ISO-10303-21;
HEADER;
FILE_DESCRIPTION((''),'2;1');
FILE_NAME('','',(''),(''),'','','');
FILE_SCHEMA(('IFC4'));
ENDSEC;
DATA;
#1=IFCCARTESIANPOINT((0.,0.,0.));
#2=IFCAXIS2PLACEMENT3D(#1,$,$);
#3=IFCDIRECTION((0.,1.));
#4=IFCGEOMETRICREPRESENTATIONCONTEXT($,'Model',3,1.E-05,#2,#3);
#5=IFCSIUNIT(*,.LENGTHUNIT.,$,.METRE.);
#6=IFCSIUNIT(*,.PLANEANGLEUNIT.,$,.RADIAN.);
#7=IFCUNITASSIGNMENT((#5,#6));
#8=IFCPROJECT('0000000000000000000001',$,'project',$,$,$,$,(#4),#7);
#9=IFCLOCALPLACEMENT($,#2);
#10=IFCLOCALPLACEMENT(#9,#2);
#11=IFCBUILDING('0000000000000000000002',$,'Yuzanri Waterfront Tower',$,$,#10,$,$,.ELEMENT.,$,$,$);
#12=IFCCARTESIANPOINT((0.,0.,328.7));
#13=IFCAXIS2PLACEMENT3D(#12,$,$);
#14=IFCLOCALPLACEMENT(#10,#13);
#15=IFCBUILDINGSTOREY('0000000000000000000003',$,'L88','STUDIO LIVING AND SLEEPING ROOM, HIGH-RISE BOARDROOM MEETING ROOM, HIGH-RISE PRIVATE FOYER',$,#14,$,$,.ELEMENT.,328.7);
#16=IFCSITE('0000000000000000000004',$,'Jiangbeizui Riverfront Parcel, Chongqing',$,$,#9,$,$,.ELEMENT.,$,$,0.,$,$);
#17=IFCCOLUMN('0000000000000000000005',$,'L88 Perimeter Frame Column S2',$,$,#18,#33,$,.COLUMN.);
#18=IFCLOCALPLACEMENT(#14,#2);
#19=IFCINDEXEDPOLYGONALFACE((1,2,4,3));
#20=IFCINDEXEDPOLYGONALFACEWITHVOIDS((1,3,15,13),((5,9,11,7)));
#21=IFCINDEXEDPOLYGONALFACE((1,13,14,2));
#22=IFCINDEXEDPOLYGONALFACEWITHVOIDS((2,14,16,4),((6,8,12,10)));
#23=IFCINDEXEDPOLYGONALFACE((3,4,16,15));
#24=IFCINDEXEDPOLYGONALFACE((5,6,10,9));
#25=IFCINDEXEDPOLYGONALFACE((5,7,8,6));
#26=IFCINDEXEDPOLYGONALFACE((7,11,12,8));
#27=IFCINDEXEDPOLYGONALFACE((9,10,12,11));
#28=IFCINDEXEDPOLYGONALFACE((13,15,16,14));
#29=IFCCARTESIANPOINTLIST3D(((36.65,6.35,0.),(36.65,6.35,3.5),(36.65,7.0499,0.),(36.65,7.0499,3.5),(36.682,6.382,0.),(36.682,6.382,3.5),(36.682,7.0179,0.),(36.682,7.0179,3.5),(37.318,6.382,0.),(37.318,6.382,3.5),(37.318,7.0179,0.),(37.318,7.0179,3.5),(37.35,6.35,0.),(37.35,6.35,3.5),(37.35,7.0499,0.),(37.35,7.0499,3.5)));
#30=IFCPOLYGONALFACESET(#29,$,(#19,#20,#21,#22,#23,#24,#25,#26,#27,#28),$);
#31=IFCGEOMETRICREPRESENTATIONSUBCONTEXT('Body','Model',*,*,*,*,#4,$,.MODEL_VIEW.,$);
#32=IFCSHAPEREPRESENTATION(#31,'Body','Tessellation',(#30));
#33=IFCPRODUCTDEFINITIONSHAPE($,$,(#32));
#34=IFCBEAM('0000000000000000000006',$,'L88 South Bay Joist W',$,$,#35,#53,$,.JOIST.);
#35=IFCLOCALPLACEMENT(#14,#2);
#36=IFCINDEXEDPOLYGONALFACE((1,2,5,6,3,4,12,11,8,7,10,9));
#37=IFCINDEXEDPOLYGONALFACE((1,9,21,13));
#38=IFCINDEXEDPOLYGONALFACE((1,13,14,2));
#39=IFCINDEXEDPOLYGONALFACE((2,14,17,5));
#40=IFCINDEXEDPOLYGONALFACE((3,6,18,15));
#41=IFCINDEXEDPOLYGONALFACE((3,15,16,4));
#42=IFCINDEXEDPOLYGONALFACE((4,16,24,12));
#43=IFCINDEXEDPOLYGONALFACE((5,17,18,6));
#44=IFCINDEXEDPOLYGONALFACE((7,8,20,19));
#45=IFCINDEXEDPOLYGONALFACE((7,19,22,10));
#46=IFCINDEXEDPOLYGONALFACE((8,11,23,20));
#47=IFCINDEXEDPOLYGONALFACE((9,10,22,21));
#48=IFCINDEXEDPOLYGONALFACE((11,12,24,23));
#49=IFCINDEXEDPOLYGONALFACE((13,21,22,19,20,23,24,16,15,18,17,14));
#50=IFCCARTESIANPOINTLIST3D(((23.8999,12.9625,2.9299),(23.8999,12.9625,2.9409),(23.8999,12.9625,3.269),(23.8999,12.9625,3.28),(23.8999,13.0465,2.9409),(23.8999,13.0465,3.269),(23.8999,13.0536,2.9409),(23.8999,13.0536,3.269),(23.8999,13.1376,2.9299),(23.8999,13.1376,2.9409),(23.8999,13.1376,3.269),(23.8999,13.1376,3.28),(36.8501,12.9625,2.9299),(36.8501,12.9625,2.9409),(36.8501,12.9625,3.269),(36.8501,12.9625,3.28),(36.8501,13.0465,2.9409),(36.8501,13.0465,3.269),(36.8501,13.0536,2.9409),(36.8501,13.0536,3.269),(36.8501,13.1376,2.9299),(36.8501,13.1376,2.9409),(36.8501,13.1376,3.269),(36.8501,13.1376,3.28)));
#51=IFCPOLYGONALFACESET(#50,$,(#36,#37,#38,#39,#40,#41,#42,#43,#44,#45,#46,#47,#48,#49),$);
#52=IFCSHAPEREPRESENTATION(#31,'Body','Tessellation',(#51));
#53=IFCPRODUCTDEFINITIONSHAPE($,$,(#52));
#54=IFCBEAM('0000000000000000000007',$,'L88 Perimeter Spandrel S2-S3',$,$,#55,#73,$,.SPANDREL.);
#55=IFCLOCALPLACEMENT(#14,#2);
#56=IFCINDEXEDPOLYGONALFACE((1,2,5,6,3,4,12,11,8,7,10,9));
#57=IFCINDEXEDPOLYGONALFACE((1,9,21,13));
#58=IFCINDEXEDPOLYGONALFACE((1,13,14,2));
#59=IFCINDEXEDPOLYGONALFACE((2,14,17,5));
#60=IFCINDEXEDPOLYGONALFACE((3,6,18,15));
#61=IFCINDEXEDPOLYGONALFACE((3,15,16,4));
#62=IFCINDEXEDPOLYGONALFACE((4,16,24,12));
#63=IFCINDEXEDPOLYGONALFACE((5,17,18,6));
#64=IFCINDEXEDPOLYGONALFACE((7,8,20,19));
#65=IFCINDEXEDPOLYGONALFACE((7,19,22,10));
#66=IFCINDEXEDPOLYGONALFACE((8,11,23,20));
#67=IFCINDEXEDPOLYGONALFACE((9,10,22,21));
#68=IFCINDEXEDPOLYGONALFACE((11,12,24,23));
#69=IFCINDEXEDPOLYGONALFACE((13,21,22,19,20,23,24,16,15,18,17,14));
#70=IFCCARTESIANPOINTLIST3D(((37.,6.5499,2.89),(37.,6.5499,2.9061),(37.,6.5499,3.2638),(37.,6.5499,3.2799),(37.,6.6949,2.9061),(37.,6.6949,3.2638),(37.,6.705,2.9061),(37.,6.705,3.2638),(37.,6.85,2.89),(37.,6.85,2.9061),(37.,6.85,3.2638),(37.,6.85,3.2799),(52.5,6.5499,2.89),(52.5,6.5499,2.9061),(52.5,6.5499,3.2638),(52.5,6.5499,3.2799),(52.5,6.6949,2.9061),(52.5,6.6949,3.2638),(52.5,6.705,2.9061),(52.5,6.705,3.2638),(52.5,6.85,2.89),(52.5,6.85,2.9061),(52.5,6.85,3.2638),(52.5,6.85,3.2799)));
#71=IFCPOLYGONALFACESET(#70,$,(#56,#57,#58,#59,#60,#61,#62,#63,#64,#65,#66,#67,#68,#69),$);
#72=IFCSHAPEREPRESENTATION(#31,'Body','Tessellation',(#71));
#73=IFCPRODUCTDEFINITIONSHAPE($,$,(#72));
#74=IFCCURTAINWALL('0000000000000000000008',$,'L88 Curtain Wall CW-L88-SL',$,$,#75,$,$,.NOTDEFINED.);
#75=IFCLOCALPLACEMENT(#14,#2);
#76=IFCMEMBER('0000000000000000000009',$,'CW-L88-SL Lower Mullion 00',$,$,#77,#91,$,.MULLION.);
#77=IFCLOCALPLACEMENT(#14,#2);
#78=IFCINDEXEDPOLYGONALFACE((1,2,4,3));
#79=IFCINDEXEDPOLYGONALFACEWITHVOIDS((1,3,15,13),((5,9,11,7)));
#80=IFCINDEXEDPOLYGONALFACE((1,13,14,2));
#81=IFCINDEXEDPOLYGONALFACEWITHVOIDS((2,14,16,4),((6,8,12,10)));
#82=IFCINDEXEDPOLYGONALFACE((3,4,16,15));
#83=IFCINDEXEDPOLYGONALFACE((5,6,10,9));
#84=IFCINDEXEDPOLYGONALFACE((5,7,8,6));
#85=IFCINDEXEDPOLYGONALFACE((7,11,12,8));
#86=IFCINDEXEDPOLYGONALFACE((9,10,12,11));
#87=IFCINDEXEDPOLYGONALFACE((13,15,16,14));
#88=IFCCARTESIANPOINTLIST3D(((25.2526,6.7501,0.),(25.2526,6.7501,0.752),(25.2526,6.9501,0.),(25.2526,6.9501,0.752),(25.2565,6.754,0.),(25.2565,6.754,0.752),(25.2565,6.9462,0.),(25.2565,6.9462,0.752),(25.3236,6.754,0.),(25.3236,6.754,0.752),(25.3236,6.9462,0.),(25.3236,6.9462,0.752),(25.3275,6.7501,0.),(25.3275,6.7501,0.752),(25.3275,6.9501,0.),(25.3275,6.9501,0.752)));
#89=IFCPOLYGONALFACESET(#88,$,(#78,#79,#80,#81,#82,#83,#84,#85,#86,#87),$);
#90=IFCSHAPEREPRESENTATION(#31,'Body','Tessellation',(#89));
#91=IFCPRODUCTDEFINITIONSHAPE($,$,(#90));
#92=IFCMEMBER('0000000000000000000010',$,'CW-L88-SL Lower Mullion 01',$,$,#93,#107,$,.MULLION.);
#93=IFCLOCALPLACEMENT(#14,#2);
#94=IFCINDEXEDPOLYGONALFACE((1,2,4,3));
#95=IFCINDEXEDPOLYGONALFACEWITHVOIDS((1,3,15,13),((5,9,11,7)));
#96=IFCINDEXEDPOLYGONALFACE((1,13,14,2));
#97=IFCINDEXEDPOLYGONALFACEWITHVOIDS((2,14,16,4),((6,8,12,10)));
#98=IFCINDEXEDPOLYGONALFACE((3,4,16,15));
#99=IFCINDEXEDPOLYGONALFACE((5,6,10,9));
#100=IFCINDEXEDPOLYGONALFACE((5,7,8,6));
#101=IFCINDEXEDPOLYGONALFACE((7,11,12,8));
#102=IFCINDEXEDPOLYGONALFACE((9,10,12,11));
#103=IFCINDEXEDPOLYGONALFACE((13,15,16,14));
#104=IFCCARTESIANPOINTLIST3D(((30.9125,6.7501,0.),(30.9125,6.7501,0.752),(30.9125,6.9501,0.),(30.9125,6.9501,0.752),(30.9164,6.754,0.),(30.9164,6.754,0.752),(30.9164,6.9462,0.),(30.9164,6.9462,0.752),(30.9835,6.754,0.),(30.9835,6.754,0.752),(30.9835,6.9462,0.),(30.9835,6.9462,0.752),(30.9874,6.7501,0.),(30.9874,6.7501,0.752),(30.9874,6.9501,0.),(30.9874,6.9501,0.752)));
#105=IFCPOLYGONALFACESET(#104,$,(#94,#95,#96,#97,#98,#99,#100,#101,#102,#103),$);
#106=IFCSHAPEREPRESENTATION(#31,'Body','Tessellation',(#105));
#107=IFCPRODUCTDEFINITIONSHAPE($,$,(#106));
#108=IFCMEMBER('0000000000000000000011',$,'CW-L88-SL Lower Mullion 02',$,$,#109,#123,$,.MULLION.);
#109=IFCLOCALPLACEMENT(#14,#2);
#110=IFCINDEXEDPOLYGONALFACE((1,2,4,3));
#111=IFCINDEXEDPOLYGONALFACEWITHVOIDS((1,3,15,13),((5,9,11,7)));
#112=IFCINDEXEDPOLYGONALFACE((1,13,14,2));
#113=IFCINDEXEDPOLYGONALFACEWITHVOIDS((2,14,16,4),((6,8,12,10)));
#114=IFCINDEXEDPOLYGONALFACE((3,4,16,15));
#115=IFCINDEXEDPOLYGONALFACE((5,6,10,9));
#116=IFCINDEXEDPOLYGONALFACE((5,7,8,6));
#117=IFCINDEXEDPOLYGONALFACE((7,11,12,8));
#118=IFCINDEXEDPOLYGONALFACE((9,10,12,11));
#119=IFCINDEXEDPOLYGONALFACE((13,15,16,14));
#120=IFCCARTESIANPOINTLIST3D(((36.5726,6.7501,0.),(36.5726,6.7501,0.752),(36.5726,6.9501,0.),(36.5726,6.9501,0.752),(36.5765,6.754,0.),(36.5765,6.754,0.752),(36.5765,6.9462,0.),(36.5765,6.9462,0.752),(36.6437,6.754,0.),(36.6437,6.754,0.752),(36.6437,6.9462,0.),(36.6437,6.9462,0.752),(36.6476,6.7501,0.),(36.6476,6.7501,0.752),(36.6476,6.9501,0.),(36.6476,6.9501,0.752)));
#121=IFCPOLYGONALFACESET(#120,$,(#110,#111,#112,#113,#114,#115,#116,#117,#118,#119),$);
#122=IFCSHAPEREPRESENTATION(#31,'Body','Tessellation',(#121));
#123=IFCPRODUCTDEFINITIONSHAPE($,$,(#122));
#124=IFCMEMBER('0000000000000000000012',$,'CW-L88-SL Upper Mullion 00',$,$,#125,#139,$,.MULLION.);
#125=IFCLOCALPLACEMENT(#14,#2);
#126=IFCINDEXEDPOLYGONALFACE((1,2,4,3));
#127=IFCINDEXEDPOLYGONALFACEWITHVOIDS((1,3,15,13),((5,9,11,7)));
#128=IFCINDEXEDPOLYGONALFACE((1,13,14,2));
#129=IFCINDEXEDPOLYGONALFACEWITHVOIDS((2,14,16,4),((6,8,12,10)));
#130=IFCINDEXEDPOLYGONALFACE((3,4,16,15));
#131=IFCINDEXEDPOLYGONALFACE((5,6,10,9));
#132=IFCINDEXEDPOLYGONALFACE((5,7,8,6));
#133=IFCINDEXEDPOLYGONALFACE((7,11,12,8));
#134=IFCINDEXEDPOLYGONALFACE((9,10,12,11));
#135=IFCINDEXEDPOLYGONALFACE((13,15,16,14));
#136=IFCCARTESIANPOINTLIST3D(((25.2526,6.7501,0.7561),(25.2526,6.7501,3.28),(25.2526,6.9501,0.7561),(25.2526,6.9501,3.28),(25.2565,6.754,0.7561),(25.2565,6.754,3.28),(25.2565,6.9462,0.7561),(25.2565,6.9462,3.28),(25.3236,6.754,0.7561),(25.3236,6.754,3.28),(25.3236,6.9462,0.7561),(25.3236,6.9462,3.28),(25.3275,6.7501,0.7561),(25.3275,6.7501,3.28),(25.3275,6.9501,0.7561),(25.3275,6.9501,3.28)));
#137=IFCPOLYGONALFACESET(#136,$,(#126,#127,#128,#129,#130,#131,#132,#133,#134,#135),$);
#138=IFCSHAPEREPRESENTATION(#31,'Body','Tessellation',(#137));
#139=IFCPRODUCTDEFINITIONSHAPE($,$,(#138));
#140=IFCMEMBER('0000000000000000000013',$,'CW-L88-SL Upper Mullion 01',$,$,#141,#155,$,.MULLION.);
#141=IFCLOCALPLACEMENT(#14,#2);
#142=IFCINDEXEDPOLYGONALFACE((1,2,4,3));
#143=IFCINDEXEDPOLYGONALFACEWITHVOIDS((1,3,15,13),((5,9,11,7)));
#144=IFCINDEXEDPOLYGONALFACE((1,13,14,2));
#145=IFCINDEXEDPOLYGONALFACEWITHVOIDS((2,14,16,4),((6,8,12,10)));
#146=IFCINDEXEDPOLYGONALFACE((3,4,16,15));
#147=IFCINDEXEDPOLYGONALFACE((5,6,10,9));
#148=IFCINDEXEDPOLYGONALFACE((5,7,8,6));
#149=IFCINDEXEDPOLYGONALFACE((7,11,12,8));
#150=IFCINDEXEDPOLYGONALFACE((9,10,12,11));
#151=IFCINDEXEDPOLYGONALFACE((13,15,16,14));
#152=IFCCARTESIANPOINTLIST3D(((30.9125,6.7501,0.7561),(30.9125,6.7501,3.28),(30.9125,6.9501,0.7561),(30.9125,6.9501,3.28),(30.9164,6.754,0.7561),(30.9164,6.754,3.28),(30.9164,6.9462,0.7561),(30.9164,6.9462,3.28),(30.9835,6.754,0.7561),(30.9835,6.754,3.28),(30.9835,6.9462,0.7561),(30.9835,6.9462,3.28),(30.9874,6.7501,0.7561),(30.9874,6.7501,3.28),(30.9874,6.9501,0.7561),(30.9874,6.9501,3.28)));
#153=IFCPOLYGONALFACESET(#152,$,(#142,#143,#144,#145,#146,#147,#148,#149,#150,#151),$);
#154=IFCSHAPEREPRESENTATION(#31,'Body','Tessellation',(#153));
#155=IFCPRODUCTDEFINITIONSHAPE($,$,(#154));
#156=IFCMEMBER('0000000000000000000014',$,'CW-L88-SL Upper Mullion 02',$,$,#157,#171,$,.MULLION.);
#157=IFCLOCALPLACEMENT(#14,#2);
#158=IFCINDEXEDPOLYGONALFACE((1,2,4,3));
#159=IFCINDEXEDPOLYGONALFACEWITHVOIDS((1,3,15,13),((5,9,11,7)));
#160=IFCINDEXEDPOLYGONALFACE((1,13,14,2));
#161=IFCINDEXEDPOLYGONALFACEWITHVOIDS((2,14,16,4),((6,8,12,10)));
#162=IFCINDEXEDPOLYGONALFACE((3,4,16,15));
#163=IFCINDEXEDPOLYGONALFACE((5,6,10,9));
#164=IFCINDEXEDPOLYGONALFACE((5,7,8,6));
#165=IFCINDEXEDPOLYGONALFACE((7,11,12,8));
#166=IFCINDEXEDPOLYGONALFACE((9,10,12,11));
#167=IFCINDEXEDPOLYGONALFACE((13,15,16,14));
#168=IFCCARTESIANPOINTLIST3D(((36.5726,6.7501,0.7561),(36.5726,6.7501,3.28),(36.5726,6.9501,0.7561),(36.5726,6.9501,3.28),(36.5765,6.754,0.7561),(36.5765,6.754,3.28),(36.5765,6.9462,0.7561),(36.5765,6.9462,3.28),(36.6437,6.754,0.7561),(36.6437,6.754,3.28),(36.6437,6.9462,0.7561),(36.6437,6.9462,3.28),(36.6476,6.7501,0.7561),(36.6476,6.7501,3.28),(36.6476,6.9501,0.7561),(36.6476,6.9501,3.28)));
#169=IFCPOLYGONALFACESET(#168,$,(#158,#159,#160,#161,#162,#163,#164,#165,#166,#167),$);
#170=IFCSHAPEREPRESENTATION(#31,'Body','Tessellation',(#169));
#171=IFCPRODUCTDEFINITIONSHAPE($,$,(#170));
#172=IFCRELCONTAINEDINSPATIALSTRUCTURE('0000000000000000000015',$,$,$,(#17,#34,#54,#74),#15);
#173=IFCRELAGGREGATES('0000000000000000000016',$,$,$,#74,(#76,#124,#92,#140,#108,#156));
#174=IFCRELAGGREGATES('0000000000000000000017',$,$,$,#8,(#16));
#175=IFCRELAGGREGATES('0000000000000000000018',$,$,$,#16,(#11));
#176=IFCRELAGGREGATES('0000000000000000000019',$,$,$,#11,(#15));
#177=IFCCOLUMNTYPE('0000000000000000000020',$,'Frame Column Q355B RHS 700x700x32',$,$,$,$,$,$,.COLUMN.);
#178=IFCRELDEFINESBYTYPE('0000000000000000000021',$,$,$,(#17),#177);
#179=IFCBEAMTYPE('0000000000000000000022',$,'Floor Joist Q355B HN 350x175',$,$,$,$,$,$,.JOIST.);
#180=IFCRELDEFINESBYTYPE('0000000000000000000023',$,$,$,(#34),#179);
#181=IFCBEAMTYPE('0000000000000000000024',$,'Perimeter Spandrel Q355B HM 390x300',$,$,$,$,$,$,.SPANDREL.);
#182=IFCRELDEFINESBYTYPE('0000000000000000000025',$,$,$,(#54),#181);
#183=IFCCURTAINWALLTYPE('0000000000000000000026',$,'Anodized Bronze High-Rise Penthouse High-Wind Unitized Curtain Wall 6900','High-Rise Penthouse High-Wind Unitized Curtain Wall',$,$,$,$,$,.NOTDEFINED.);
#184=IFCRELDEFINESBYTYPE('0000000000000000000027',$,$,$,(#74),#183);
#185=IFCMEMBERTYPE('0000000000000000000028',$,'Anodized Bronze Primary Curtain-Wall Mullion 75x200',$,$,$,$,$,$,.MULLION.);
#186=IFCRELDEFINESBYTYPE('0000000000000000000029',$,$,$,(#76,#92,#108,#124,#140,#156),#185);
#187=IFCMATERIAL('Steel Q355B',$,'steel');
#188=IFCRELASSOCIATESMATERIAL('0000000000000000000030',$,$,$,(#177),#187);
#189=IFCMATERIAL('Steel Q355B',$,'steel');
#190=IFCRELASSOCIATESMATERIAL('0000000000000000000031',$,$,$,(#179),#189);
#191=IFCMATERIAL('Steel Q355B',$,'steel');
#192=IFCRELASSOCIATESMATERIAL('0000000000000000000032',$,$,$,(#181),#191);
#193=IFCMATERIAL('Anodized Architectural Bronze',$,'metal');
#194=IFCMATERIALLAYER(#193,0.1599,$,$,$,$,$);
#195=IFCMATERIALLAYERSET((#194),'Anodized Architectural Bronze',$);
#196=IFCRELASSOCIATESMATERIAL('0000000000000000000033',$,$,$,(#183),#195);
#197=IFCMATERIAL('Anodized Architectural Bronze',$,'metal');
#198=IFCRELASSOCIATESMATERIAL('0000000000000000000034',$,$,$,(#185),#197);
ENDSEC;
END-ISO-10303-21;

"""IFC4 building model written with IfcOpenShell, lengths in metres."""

from ifc_helpers import new_model, si_unit, direction, frame, origin, origin_2d, place, context, subcontext, project, spatial, hollow_rectangle, i_section, extrude, source, transform, mapped, material, layer, layer_set, material_profile, profile_set, type_object, element, aggregate, save


model = new_model("IFC4")

# Units and contexts
model_context = context("Model", 3, precision=1e-05, world=origin(), true_north=direction((0.0, 1.0)))
body_context = subcontext(model_context, "Body", "Model", "MODEL_VIEW")
ifc_project = project(units=[si_unit("LENGTHUNIT", "METRE"), si_unit("PLANEANGLEUNIT", "RADIAN")], contexts=[model_context])

# Site, building, storey
site_placement = place(None, origin())
site = spatial("IfcSite", under=ifc_project, at=site_placement, Name="Jiangbeizui Riverfront Parcel, Chongqing", CompositionType="ELEMENT", RefElevation=0.0)
building_placement = place(site_placement, origin())
building = spatial("IfcBuilding", under=site, at=building_placement, Name="Yuzanri Waterfront Tower", CompositionType="ELEMENT")
storey_placement = place(building_placement, frame((0.0, 0.0, 328.7)))
storey = spatial("IfcBuildingStorey", under=building, at=storey_placement, Name="L88", Description="STUDIO LIVING AND SLEEPING ROOM, HIGH-RISE BOARDROOM MEETING ROOM, HIGH-RISE PRIVATE FOYER", CompositionType="ELEMENT", Elevation=328.7)

# Column
ifc_material_1 = material(Name="Steel Q355B", Category="steel")
ifc_material_profile_1 = material_profile(ifc_material_1, hollow_rectangle(XDim=0.7, YDim=0.7, WallThickness=0.032, at=origin_2d()), Name="RHS 700x700x32")
ifc_profile_set_1 = profile_set([ifc_material_profile_1], Name="Steel Q355B")
column_type = type_object("IfcColumnType", Name="Frame Column Q355B RHS 700x700x32", PredefinedType="COLUMN", material=ifc_profile_set_1)
shared_shape_1 = source(origin(), body_context, "Body", "SweptSolid", [
    extrude(hollow_rectangle(XDim=0.7, YDim=0.7, WallThickness=0.032, at=origin_2d()), origin(), (0.0, 0.0, 1.0), 3.5),
])
column_placement = place(storey_placement, frame((37.0, 6.7, 0.0), z_axis=(0.0, 0.0, 1.0), x_axis=(1.0, 0.0, 0.0)))
element("IfcColumn", 1, at=column_placement, inside=storey, type_object=column_type, Name="L88 Perimeter Frame Column S2", PredefinedType="COLUMN", context=body_context, shape_type="MappedRepresentation", body=[
    mapped(shared_shape_1, transform((0.0, 0.0, 0.0), scale=1.0)),
])

# Beams
ifc_material_2 = material(Name="Steel Q355B", Category="steel")
ifc_material_profile_2 = material_profile(ifc_material_2, i_section(OverallWidth=0.175, OverallDepth=0.3501, WebThickness=0.0071, FlangeThickness=0.011, at=origin_2d()), Name="HN 350x175x7x11")
ifc_profile_set_2 = profile_set([ifc_material_profile_2], Name="Steel Q355B")
beam_type_1 = type_object("IfcBeamType", Name="Floor Joist Q355B HN 350x175", PredefinedType="JOIST", material=ifc_profile_set_2)
shared_shape_2 = source(origin(), body_context, "Body", "SweptSolid", [
    extrude(i_section(OverallWidth=0.175, OverallDepth=0.3501, WebThickness=0.0071, FlangeThickness=0.011, at=origin_2d()), origin(), (0.0, 0.0, 1.0), 12.9502),
])
beam_1_placement = place(storey_placement, frame((23.8999, 13.05, 3.105), z_axis=(1.0, 0.0, 0.0), x_axis=(0.0, 1.0, 0.0)))
element("IfcBeam", 2, at=beam_1_placement, inside=storey, type_object=beam_type_1, Name="L88 South Bay Joist W", PredefinedType="JOIST", context=body_context, shape_type="MappedRepresentation", body=[
    mapped(shared_shape_2, transform((0.0, 0.0, 0.0), scale=1.0)),
])
ifc_material_3 = material(Name="Steel Q355B", Category="steel")
ifc_material_profile_3 = material_profile(ifc_material_3, i_section(OverallWidth=0.3, OverallDepth=0.3899, WebThickness=0.01, FlangeThickness=0.0161, at=origin_2d()), Name="HM 390x300x10x16")
ifc_profile_set_3 = profile_set([ifc_material_profile_3], Name="Steel Q355B")
beam_type_2 = type_object("IfcBeamType", Name="Perimeter Spandrel Q355B HM 390x300", PredefinedType="SPANDREL", material=ifc_profile_set_3)
shared_shape_3 = source(origin(), body_context, "Body", "SweptSolid", [
    extrude(i_section(OverallWidth=0.3, OverallDepth=0.3899, WebThickness=0.01, FlangeThickness=0.0161, at=origin_2d()), origin(), (0.0, 0.0, 1.0), 15.5),
])
beam_2_placement = place(storey_placement, frame((37.0, 6.7, 3.085), z_axis=(1.0, 0.0, 0.0), x_axis=(0.0, 1.0, 0.0)))
element("IfcBeam", 3, at=beam_2_placement, inside=storey, type_object=beam_type_2, Name="L88 Perimeter Spandrel S2-S3", PredefinedType="SPANDREL", context=body_context, shape_type="MappedRepresentation", body=[
    mapped(shared_shape_3, transform((0.0, 0.0, 0.0), scale=1.0)),
])

# Curtain wall, members
ifc_material_4 = material(Name="Anodized Architectural Bronze", Category="metal")
ifc_layer_1 = layer(ifc_material_4, 0.1599)
ifc_layer_set_1 = layer_set([ifc_layer_1], Name="Anodized Architectural Bronze")
curtain_wall_type = type_object("IfcCurtainWallType", Name="Anodized Bronze High-Rise Penthouse High-Wind Unitized Curtain Wall 6900", Description="High-Rise Penthouse High-Wind Unitized Curtain Wall", PredefinedType="NOTDEFINED", material=ifc_layer_set_1)
curtain_wall_placement = place(storey_placement, origin())
curtain_wall = element("IfcCurtainWall", 4, at=curtain_wall_placement, inside=storey, type_object=curtain_wall_type, Name="L88 Curtain Wall CW-L88-SL", PredefinedType="NOTDEFINED")
ifc_material_5 = material(Name="Anodized Architectural Bronze", Category="metal")
ifc_material_profile_4 = material_profile(ifc_material_5, hollow_rectangle(XDim=0.075, YDim=0.2, WallThickness=0.0039, at=origin_2d()), Name="CWM 75x200")
ifc_profile_set_4 = profile_set([ifc_material_profile_4], Name="Anodized Architectural Bronze")
member_type_1 = type_object("IfcMemberType", Name="Anodized Bronze Primary Curtain-Wall Mullion 75x200", PredefinedType="MULLION", material=ifc_profile_set_4)
shared_shape_4 = source(origin(), body_context, "Body", "SweptSolid", [
    extrude(hollow_rectangle(XDim=0.075, YDim=0.2, WallThickness=0.0039, at=origin_2d()), origin(), (0.0, 0.0, 1.0), 0.752),
])
member_1_placement = place(storey_placement, frame((25.29, 6.8501, 0.0), z_axis=(0.0, 0.0, 1.0), x_axis=(1.0, 0.0, 0.0)))
member_1 = element("IfcMember", 5, at=member_1_placement, type_object=member_type_1, Name="CW-L88-SL Lower Mullion 00", PredefinedType="MULLION", context=body_context, shape_type="MappedRepresentation", body=[
    mapped(shared_shape_4, transform((0.0, 0.0, 0.0), scale=1.0)),
])
member_2_placement = place(storey_placement, frame((30.95, 6.8501, 0.0), z_axis=(0.0, 0.0, 1.0), x_axis=(1.0, 0.0, 0.0)))
member_2 = element("IfcMember", 6, at=member_2_placement, type_object=member_type_1, Name="CW-L88-SL Lower Mullion 01", PredefinedType="MULLION", context=body_context, shape_type="MappedRepresentation", body=[
    mapped(shared_shape_4, transform((0.0, 0.0, 0.0), scale=1.0)),
])
member_3_placement = place(storey_placement, frame((36.6101, 6.8501, 0.0), z_axis=(0.0, 0.0, 1.0), x_axis=(1.0, 0.0, 0.0)))
member_3 = element("IfcMember", 7, at=member_3_placement, type_object=member_type_1, Name="CW-L88-SL Lower Mullion 02", PredefinedType="MULLION", context=body_context, shape_type="MappedRepresentation", body=[
    mapped(shared_shape_4, transform((0.0, 0.0, 0.0), scale=1.0)),
])
shared_shape_5 = source(origin(), body_context, "Body", "SweptSolid", [
    extrude(hollow_rectangle(XDim=0.075, YDim=0.2, WallThickness=0.0039, at=origin_2d()), origin(), (0.0, 0.0, 1.0), 2.5239),
])
member_4_placement = place(storey_placement, frame((25.29, 6.8501, 0.7561), z_axis=(0.0, 0.0, 1.0), x_axis=(1.0, 0.0, 0.0)))
member_4 = element("IfcMember", 8, at=member_4_placement, type_object=member_type_1, Name="CW-L88-SL Upper Mullion 00", PredefinedType="MULLION", context=body_context, shape_type="MappedRepresentation", body=[
    mapped(shared_shape_5, transform((0.0, 0.0, 0.0), scale=1.0)),
])
member_5_placement = place(storey_placement, frame((30.95, 6.8501, 0.7561), z_axis=(0.0, 0.0, 1.0), x_axis=(1.0, 0.0, 0.0)))
member_5 = element("IfcMember", 9, at=member_5_placement, type_object=member_type_1, Name="CW-L88-SL Upper Mullion 01", PredefinedType="MULLION", context=body_context, shape_type="MappedRepresentation", body=[
    mapped(shared_shape_5, transform((0.0, 0.0, 0.0), scale=1.0)),
])
member_6_placement = place(storey_placement, frame((36.6101, 6.8501, 0.7561), z_axis=(0.0, 0.0, 1.0), x_axis=(1.0, 0.0, 0.0)))
member_6 = element("IfcMember", 10, at=member_6_placement, type_object=member_type_1, Name="CW-L88-SL Upper Mullion 02", PredefinedType="MULLION", context=body_context, shape_type="MappedRepresentation", body=[
    mapped(shared_shape_5, transform((0.0, 0.0, 0.0), scale=1.0)),
])
aggregate(curtain_wall, [member_1, member_4, member_2, member_5, member_3, member_6])

save(model, "model.ifc")
